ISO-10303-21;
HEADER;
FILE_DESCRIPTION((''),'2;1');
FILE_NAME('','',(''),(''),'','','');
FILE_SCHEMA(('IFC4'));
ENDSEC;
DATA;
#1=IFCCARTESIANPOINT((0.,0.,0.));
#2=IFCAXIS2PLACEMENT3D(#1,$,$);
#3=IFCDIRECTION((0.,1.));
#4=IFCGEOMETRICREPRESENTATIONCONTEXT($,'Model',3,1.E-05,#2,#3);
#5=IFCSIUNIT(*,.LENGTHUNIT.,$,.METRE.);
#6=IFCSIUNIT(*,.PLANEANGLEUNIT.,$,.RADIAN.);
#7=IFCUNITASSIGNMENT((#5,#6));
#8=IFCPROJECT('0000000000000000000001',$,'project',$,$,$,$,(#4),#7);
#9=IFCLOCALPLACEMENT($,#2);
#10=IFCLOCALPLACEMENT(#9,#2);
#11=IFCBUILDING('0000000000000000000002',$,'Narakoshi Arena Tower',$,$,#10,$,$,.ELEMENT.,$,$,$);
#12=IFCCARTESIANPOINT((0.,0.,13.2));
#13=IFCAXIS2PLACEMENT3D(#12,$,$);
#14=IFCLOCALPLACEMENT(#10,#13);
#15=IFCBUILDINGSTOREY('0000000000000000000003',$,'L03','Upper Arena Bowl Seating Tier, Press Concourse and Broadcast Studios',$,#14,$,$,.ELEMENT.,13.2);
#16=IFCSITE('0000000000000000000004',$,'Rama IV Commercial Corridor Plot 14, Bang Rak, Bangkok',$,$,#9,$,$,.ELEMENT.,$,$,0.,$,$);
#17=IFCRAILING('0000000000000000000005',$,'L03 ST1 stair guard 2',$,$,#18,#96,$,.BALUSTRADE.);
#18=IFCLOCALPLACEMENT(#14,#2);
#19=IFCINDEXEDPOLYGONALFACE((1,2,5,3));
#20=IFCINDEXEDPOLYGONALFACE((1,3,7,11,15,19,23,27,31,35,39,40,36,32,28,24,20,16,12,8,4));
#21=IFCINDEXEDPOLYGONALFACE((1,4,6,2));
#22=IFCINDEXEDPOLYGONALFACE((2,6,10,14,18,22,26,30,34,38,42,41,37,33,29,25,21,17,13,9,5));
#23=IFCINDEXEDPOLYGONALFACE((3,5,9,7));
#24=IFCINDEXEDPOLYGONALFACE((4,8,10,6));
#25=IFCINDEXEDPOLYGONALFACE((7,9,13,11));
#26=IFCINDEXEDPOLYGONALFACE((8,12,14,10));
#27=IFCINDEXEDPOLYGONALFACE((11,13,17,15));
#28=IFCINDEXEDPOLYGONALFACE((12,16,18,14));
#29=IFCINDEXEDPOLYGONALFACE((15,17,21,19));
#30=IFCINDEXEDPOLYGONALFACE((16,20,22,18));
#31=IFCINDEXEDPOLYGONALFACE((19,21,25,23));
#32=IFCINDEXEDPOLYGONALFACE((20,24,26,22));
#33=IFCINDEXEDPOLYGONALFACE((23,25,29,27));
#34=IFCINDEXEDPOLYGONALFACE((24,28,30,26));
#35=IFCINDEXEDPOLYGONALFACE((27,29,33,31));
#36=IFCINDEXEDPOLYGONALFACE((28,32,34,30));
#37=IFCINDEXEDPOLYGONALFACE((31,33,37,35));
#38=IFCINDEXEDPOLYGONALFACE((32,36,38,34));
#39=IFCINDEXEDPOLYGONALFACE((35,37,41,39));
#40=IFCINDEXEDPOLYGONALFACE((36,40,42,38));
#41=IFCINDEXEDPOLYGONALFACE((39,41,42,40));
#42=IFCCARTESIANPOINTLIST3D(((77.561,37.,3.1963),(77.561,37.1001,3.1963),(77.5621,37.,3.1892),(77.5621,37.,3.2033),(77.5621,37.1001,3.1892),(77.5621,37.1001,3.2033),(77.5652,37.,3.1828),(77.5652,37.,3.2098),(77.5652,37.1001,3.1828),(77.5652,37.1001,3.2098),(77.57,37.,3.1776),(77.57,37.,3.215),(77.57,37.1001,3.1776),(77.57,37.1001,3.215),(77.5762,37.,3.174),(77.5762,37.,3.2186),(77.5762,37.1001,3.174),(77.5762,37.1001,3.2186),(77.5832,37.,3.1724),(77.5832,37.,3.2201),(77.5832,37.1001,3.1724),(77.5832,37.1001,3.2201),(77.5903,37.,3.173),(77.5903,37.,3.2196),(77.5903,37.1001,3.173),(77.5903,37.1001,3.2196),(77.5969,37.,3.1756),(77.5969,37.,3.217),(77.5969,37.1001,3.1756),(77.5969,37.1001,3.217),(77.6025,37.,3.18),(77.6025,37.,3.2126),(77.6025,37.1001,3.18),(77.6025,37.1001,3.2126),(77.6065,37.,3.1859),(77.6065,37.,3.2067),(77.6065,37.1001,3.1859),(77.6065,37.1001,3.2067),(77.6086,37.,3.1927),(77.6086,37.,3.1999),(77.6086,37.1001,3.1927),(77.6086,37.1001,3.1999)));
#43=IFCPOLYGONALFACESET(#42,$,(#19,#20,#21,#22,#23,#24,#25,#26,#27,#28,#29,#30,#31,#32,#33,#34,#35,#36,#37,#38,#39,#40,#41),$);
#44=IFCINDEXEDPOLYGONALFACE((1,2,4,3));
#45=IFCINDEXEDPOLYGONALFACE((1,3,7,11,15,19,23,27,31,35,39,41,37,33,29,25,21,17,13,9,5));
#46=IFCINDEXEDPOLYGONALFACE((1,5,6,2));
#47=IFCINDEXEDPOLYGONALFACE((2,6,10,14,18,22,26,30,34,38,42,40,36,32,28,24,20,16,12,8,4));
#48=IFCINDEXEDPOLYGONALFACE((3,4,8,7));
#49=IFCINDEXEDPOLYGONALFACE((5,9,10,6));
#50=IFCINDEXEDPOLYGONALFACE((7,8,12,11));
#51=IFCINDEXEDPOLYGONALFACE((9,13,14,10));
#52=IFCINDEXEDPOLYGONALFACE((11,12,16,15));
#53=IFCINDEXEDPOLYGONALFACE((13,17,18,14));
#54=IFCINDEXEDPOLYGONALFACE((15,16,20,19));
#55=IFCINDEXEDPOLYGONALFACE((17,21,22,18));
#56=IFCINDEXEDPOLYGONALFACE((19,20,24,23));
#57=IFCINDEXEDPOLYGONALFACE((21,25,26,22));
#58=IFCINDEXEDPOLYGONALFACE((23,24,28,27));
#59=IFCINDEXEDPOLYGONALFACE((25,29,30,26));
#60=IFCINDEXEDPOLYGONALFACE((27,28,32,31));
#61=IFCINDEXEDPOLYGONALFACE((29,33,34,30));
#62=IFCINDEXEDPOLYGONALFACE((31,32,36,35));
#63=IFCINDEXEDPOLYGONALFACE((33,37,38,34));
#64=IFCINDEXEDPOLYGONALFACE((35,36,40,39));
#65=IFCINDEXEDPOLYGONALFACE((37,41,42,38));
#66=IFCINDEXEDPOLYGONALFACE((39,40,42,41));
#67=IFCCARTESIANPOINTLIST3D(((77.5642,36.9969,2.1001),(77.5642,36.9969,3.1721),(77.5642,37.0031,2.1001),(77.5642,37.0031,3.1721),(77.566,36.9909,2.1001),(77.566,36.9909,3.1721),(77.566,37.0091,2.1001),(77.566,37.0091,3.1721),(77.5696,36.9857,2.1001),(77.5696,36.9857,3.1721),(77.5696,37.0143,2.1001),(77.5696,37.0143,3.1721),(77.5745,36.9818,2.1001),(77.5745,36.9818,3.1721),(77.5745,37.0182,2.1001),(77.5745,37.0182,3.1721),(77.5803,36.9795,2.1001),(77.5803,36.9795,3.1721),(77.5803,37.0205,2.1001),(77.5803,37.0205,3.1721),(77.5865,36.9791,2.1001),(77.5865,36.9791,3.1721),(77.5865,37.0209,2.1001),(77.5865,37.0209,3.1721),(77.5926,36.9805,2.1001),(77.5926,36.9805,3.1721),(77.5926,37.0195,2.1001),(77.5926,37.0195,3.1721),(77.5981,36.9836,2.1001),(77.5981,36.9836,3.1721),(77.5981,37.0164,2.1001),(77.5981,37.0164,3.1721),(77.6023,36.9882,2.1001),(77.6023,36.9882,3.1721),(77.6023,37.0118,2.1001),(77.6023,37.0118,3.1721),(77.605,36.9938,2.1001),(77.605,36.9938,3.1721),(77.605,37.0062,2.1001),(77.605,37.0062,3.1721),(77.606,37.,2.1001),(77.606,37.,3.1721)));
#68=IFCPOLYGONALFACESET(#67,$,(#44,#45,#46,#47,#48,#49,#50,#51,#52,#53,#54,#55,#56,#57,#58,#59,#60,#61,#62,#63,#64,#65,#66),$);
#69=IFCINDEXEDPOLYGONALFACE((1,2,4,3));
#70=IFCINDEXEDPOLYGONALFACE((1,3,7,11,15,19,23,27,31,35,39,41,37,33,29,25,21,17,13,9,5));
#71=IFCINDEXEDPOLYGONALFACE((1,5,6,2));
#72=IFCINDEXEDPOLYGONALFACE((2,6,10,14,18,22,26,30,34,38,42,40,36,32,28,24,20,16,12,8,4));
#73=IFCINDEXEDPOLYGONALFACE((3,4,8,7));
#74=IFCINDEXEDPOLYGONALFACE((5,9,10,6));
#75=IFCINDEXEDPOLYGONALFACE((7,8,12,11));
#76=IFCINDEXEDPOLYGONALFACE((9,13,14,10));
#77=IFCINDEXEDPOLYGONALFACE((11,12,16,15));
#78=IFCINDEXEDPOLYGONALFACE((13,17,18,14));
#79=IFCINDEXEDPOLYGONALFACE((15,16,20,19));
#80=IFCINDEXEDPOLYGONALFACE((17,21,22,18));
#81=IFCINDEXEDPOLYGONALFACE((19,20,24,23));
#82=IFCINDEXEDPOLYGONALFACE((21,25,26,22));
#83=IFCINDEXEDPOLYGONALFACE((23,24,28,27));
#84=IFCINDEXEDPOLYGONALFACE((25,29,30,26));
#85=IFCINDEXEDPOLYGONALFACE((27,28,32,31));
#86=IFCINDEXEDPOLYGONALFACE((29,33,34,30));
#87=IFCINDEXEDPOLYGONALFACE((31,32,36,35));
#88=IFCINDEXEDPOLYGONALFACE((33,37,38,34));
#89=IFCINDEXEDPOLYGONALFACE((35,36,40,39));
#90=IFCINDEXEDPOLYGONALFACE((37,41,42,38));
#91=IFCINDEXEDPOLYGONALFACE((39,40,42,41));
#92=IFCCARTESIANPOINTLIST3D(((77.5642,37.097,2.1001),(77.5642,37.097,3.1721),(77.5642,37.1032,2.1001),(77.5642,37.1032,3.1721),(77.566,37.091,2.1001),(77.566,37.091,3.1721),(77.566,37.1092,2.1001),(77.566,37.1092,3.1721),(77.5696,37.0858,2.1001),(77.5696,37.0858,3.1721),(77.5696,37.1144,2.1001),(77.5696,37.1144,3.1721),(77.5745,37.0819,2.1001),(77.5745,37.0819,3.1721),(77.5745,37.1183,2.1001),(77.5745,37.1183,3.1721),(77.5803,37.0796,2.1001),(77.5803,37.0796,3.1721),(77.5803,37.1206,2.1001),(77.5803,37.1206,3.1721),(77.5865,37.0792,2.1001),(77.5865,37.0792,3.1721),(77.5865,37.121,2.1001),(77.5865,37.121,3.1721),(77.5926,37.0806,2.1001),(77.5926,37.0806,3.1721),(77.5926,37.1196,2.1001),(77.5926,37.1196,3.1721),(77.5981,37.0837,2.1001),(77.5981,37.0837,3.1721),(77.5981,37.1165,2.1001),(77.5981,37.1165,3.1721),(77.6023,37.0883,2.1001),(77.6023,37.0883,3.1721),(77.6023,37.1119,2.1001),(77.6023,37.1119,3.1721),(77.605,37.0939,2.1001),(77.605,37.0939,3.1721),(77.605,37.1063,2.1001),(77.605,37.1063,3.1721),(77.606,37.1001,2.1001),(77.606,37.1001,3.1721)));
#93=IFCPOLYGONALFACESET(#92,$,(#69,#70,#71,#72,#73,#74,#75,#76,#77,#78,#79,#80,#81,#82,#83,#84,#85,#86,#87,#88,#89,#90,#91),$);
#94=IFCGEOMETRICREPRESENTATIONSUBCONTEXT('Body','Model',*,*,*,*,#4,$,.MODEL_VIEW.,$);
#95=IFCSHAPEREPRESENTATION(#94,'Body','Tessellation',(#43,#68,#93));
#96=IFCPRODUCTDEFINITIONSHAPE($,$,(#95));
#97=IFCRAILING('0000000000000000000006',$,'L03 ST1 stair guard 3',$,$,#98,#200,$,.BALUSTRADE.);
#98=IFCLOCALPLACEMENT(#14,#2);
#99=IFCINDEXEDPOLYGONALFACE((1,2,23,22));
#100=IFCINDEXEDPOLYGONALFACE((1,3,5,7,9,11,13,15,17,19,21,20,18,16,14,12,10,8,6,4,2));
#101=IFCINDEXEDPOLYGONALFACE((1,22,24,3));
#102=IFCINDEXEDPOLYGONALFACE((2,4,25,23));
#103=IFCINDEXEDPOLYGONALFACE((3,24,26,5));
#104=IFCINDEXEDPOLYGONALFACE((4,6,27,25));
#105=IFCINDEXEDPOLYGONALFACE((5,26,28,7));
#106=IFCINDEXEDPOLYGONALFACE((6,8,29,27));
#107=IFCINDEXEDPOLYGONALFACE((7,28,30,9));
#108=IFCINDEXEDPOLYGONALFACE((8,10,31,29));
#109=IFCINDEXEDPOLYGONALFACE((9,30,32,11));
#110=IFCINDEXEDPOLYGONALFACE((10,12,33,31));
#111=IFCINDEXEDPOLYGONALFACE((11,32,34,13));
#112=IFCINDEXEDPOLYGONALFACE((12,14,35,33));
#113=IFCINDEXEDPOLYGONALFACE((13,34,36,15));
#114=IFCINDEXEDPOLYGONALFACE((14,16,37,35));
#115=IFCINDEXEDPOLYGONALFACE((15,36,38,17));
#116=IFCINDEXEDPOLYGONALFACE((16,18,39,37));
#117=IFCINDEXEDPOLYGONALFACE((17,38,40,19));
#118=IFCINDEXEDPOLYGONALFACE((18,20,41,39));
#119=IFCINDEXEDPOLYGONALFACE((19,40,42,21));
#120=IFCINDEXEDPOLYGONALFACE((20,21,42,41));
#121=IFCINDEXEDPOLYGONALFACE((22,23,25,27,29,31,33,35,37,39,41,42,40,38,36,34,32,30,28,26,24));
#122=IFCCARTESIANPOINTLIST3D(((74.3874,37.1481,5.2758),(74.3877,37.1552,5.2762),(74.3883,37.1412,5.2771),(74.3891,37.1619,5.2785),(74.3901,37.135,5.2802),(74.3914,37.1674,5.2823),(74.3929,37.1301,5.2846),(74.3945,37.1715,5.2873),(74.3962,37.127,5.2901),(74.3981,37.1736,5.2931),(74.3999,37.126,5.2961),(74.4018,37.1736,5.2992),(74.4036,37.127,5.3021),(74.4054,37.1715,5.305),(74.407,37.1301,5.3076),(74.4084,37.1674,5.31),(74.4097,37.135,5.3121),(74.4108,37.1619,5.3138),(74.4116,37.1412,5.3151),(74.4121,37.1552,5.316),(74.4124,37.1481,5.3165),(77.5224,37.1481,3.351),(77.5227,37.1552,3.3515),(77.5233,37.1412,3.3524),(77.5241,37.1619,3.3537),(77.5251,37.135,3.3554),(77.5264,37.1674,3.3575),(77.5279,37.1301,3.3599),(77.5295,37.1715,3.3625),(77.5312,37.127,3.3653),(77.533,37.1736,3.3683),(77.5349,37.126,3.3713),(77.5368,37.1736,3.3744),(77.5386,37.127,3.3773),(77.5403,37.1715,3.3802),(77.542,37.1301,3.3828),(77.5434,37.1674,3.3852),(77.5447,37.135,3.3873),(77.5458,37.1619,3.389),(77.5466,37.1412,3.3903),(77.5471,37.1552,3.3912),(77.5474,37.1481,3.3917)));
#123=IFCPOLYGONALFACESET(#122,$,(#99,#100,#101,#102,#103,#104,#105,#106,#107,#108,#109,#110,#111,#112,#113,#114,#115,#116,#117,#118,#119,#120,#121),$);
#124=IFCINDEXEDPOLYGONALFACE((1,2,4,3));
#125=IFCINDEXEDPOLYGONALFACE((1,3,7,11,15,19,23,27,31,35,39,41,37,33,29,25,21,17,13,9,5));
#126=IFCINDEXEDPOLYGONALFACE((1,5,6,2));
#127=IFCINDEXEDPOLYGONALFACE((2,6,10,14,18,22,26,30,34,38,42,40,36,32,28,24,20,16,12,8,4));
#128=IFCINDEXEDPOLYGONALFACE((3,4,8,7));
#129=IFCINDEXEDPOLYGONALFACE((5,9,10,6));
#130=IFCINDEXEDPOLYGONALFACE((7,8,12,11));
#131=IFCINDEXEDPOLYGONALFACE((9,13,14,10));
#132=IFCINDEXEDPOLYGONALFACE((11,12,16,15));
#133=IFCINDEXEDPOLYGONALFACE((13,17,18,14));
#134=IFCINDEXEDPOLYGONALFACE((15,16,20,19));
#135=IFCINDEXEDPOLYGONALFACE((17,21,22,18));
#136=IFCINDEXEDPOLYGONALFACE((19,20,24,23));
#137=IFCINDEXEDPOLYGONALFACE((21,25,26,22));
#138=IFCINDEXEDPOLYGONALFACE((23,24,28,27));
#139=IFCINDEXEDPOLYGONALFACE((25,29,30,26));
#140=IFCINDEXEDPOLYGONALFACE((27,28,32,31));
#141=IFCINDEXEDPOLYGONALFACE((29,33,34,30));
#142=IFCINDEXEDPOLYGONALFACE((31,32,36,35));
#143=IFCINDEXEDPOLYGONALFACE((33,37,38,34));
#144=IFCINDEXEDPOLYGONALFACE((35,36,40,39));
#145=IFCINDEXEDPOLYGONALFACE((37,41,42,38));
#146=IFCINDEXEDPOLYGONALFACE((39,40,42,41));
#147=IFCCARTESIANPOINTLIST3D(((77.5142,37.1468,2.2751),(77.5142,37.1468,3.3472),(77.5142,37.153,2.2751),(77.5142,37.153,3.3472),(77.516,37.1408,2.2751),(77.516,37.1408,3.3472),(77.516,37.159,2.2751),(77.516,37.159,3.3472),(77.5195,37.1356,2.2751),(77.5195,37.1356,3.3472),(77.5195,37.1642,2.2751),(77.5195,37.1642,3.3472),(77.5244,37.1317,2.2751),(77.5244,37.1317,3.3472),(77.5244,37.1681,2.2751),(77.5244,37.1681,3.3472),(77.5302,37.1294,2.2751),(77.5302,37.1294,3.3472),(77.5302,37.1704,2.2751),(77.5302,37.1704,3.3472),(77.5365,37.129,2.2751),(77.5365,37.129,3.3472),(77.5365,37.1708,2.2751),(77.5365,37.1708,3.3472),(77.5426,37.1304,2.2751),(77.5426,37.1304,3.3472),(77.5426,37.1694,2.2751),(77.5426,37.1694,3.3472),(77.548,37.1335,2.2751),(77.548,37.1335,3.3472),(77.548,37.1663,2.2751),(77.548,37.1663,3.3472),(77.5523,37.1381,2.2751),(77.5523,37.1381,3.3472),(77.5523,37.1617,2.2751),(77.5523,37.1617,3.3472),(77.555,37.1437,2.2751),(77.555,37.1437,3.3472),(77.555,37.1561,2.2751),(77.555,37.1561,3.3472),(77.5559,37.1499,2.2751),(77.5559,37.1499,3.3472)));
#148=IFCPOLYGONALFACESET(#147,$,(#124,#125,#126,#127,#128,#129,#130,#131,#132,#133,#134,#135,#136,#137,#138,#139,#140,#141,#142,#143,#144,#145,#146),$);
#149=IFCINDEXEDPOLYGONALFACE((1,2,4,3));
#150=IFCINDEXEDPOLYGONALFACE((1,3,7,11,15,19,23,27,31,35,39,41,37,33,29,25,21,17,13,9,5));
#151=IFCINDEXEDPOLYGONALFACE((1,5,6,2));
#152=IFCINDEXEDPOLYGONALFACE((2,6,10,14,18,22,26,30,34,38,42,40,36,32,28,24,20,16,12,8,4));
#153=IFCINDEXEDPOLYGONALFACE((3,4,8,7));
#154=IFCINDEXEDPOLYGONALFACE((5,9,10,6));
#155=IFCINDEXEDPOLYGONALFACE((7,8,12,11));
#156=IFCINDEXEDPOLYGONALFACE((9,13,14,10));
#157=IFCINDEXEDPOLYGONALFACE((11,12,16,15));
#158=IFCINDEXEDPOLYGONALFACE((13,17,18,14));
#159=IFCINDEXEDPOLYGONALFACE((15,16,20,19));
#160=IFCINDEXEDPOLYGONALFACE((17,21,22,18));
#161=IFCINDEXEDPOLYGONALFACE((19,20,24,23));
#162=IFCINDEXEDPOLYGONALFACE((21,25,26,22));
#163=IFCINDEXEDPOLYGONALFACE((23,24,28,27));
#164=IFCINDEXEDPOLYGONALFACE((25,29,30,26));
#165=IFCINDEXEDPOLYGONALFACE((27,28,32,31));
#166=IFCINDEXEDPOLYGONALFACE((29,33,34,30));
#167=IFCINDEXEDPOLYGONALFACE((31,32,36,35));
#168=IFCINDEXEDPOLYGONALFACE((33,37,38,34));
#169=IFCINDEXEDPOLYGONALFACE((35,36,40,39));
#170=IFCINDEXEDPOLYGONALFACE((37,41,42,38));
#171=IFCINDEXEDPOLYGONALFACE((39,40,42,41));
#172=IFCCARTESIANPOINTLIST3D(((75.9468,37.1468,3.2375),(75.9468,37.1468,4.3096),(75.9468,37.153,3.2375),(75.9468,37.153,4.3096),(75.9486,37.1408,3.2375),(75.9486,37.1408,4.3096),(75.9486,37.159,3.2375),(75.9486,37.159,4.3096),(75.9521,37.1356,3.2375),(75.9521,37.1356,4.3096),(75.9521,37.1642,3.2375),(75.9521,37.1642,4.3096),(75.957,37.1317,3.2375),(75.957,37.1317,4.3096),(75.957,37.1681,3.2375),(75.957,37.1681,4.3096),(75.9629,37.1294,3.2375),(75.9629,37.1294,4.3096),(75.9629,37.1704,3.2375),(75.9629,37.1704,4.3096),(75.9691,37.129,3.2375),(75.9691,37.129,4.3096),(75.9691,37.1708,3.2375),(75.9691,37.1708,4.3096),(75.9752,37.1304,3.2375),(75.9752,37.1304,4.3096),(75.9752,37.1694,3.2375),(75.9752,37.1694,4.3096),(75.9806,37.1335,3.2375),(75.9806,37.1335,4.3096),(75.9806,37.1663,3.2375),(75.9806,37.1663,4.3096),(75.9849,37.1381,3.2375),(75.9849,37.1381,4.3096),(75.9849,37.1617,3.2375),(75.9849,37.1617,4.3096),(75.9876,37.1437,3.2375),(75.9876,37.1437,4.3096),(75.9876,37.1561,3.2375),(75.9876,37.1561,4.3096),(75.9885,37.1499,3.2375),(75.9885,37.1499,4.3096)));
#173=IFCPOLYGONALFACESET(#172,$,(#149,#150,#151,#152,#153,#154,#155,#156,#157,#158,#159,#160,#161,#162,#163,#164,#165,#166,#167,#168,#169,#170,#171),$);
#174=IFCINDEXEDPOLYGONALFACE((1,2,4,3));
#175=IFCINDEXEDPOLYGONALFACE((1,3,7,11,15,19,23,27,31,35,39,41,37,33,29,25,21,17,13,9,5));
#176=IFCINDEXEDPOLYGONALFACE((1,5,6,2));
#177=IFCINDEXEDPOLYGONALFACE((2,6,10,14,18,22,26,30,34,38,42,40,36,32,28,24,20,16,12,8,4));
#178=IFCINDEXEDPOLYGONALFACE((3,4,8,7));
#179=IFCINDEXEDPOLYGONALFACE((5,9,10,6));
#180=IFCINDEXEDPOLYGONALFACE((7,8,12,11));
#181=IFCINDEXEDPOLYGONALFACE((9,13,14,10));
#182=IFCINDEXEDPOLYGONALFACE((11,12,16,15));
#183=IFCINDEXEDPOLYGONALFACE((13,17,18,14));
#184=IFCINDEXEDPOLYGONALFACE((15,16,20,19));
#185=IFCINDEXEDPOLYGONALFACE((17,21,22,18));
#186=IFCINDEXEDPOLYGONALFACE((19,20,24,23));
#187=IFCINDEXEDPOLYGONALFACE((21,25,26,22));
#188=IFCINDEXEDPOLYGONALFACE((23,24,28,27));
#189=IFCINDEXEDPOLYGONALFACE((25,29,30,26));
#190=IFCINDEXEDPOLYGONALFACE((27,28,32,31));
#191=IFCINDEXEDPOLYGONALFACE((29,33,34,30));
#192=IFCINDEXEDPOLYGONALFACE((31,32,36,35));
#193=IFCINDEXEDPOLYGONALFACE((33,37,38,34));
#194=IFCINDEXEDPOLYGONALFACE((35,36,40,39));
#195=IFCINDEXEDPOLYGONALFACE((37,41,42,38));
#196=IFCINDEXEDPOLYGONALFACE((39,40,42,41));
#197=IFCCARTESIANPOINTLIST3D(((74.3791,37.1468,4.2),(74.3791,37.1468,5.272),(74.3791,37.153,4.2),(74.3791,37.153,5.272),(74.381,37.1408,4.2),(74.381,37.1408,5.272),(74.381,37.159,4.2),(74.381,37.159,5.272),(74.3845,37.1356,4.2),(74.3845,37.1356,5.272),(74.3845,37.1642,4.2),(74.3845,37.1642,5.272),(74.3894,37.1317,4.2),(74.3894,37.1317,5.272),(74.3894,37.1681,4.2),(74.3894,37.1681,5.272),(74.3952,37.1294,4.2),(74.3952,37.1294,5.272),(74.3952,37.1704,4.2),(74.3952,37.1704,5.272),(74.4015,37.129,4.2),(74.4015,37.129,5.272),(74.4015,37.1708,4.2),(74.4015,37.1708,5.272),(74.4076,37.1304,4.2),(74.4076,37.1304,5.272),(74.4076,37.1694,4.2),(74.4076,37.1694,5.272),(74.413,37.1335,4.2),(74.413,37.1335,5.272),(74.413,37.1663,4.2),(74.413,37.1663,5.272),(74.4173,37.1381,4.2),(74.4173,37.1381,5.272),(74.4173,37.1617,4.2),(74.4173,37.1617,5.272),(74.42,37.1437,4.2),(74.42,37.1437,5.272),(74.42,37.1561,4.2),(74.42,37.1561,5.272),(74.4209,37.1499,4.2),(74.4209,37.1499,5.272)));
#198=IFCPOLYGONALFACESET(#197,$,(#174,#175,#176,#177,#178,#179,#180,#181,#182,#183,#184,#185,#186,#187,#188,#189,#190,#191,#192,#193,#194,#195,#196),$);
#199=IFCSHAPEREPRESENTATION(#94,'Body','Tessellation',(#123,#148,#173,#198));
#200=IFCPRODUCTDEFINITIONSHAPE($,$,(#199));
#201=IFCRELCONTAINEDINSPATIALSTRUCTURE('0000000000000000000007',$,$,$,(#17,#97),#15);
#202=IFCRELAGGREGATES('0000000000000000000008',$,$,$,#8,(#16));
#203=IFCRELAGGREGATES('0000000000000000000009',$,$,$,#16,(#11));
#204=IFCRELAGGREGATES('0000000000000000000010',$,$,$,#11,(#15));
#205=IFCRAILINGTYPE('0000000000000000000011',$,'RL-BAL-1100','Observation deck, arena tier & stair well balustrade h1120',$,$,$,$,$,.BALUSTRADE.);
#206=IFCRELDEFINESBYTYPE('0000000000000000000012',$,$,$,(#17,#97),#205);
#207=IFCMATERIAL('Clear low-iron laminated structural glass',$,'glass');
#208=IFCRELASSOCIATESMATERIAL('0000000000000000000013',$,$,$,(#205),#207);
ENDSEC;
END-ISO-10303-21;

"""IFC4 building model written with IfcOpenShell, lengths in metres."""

from ifc_helpers import new_model, si_unit, direction, frame, origin, origin_2d, place, context, subcontext, project, spatial, circle, extrude, material, type_object, element, save


model = new_model("IFC4")

# Units and contexts
model_context = context("Model", 3, precision=1e-05, world=origin(), true_north=direction((0.0, 1.0)))
body_context = subcontext(model_context, "Body", "Model", "MODEL_VIEW")
ifc_project = project(units=[si_unit("LENGTHUNIT", "METRE"), si_unit("PLANEANGLEUNIT", "RADIAN")], contexts=[model_context])

# Site, building, storey
site_placement = place(None, origin())
site = spatial("IfcSite", under=ifc_project, at=site_placement, Name="Rama IV Commercial Corridor Plot 14, Bang Rak, Bangkok", CompositionType="ELEMENT", RefElevation=0.0)
building_placement = place(site_placement, origin())
building = spatial("IfcBuilding", under=site, at=building_placement, Name="Narakoshi Arena Tower", CompositionType="ELEMENT")
storey_placement = place(building_placement, frame((0.0, 0.0, 13.2)))
storey = spatial("IfcBuildingStorey", under=building, at=storey_placement, Name="L03", Description="Upper Arena Bowl Seating Tier, Press Concourse and Broadcast Studios", CompositionType="ELEMENT", Elevation=13.2)

# Railings
ifc_material_1 = material(Name="Clear low-iron laminated structural glass", Category="glass")
railing_type_1 = type_object("IfcRailingType", Name="RL-BAL-1100", Description="Observation deck, arena tier & stair well balustrade h1120", PredefinedType="BALUSTRADE", material=ifc_material_1)
railing_1_placement = place(storey_placement, frame((77.585, 37.0, 2.1001)))
element("IfcRailing", 1, at=railing_1_placement, inside=storey, type_object=railing_type_1, Name="L03 ST1 stair guard 2", PredefinedType="BALUSTRADE", context=body_context, shape_type="SweptSolid", body=[
    extrude(circle(Radius=0.0239, at=origin_2d()), frame((0.0, 0.0, 1.0962), z_axis=(0.0, 1.0, 0.0), x_axis=(-1.0, 0.0, 0.0)), (0.0, 0.0, 1.0), 0.1001),
    extrude(circle(Radius=0.021, at=origin_2d()), origin(), (0.0, 0.0, 1.0), 1.072),
    extrude(circle(Radius=0.021, at=origin_2d()), frame((0.0, 0.1001, 0.0)), (0.0, 0.0, 1.0), 1.072),
])
railing_2_placement = place(storey_placement, frame((77.5349, 37.1499, 2.2751)))
element("IfcRailing", 2, at=railing_2_placement, inside=storey, type_object=railing_type_1, Name="L03 ST1 stair guard 3", PredefinedType="BALUSTRADE", context=body_context, shape_type="SweptSolid", body=[
    extrude(circle(Radius=0.0239, at=origin_2d()), frame((0.0, 0.0, 1.0962), z_axis=(-0.852196, 0.0, 0.523223), x_axis=(0.0, -1.0, 0.0)), (0.0, 0.0, 1.0), 3.6787),
    extrude(circle(Radius=0.021, at=origin_2d()), origin(), (0.0, 0.0, 1.0), 1.072),
    extrude(circle(Radius=0.021, at=origin_2d()), frame((-1.5674, 0.0, 0.9624)), (0.0, 0.0, 1.0), 1.072),
    extrude(circle(Radius=0.021, at=origin_2d()), frame((-3.135, 0.0, 1.9248)), (0.0, 0.0, 1.0), 1.072),
])

save(model, "model.ifc")
